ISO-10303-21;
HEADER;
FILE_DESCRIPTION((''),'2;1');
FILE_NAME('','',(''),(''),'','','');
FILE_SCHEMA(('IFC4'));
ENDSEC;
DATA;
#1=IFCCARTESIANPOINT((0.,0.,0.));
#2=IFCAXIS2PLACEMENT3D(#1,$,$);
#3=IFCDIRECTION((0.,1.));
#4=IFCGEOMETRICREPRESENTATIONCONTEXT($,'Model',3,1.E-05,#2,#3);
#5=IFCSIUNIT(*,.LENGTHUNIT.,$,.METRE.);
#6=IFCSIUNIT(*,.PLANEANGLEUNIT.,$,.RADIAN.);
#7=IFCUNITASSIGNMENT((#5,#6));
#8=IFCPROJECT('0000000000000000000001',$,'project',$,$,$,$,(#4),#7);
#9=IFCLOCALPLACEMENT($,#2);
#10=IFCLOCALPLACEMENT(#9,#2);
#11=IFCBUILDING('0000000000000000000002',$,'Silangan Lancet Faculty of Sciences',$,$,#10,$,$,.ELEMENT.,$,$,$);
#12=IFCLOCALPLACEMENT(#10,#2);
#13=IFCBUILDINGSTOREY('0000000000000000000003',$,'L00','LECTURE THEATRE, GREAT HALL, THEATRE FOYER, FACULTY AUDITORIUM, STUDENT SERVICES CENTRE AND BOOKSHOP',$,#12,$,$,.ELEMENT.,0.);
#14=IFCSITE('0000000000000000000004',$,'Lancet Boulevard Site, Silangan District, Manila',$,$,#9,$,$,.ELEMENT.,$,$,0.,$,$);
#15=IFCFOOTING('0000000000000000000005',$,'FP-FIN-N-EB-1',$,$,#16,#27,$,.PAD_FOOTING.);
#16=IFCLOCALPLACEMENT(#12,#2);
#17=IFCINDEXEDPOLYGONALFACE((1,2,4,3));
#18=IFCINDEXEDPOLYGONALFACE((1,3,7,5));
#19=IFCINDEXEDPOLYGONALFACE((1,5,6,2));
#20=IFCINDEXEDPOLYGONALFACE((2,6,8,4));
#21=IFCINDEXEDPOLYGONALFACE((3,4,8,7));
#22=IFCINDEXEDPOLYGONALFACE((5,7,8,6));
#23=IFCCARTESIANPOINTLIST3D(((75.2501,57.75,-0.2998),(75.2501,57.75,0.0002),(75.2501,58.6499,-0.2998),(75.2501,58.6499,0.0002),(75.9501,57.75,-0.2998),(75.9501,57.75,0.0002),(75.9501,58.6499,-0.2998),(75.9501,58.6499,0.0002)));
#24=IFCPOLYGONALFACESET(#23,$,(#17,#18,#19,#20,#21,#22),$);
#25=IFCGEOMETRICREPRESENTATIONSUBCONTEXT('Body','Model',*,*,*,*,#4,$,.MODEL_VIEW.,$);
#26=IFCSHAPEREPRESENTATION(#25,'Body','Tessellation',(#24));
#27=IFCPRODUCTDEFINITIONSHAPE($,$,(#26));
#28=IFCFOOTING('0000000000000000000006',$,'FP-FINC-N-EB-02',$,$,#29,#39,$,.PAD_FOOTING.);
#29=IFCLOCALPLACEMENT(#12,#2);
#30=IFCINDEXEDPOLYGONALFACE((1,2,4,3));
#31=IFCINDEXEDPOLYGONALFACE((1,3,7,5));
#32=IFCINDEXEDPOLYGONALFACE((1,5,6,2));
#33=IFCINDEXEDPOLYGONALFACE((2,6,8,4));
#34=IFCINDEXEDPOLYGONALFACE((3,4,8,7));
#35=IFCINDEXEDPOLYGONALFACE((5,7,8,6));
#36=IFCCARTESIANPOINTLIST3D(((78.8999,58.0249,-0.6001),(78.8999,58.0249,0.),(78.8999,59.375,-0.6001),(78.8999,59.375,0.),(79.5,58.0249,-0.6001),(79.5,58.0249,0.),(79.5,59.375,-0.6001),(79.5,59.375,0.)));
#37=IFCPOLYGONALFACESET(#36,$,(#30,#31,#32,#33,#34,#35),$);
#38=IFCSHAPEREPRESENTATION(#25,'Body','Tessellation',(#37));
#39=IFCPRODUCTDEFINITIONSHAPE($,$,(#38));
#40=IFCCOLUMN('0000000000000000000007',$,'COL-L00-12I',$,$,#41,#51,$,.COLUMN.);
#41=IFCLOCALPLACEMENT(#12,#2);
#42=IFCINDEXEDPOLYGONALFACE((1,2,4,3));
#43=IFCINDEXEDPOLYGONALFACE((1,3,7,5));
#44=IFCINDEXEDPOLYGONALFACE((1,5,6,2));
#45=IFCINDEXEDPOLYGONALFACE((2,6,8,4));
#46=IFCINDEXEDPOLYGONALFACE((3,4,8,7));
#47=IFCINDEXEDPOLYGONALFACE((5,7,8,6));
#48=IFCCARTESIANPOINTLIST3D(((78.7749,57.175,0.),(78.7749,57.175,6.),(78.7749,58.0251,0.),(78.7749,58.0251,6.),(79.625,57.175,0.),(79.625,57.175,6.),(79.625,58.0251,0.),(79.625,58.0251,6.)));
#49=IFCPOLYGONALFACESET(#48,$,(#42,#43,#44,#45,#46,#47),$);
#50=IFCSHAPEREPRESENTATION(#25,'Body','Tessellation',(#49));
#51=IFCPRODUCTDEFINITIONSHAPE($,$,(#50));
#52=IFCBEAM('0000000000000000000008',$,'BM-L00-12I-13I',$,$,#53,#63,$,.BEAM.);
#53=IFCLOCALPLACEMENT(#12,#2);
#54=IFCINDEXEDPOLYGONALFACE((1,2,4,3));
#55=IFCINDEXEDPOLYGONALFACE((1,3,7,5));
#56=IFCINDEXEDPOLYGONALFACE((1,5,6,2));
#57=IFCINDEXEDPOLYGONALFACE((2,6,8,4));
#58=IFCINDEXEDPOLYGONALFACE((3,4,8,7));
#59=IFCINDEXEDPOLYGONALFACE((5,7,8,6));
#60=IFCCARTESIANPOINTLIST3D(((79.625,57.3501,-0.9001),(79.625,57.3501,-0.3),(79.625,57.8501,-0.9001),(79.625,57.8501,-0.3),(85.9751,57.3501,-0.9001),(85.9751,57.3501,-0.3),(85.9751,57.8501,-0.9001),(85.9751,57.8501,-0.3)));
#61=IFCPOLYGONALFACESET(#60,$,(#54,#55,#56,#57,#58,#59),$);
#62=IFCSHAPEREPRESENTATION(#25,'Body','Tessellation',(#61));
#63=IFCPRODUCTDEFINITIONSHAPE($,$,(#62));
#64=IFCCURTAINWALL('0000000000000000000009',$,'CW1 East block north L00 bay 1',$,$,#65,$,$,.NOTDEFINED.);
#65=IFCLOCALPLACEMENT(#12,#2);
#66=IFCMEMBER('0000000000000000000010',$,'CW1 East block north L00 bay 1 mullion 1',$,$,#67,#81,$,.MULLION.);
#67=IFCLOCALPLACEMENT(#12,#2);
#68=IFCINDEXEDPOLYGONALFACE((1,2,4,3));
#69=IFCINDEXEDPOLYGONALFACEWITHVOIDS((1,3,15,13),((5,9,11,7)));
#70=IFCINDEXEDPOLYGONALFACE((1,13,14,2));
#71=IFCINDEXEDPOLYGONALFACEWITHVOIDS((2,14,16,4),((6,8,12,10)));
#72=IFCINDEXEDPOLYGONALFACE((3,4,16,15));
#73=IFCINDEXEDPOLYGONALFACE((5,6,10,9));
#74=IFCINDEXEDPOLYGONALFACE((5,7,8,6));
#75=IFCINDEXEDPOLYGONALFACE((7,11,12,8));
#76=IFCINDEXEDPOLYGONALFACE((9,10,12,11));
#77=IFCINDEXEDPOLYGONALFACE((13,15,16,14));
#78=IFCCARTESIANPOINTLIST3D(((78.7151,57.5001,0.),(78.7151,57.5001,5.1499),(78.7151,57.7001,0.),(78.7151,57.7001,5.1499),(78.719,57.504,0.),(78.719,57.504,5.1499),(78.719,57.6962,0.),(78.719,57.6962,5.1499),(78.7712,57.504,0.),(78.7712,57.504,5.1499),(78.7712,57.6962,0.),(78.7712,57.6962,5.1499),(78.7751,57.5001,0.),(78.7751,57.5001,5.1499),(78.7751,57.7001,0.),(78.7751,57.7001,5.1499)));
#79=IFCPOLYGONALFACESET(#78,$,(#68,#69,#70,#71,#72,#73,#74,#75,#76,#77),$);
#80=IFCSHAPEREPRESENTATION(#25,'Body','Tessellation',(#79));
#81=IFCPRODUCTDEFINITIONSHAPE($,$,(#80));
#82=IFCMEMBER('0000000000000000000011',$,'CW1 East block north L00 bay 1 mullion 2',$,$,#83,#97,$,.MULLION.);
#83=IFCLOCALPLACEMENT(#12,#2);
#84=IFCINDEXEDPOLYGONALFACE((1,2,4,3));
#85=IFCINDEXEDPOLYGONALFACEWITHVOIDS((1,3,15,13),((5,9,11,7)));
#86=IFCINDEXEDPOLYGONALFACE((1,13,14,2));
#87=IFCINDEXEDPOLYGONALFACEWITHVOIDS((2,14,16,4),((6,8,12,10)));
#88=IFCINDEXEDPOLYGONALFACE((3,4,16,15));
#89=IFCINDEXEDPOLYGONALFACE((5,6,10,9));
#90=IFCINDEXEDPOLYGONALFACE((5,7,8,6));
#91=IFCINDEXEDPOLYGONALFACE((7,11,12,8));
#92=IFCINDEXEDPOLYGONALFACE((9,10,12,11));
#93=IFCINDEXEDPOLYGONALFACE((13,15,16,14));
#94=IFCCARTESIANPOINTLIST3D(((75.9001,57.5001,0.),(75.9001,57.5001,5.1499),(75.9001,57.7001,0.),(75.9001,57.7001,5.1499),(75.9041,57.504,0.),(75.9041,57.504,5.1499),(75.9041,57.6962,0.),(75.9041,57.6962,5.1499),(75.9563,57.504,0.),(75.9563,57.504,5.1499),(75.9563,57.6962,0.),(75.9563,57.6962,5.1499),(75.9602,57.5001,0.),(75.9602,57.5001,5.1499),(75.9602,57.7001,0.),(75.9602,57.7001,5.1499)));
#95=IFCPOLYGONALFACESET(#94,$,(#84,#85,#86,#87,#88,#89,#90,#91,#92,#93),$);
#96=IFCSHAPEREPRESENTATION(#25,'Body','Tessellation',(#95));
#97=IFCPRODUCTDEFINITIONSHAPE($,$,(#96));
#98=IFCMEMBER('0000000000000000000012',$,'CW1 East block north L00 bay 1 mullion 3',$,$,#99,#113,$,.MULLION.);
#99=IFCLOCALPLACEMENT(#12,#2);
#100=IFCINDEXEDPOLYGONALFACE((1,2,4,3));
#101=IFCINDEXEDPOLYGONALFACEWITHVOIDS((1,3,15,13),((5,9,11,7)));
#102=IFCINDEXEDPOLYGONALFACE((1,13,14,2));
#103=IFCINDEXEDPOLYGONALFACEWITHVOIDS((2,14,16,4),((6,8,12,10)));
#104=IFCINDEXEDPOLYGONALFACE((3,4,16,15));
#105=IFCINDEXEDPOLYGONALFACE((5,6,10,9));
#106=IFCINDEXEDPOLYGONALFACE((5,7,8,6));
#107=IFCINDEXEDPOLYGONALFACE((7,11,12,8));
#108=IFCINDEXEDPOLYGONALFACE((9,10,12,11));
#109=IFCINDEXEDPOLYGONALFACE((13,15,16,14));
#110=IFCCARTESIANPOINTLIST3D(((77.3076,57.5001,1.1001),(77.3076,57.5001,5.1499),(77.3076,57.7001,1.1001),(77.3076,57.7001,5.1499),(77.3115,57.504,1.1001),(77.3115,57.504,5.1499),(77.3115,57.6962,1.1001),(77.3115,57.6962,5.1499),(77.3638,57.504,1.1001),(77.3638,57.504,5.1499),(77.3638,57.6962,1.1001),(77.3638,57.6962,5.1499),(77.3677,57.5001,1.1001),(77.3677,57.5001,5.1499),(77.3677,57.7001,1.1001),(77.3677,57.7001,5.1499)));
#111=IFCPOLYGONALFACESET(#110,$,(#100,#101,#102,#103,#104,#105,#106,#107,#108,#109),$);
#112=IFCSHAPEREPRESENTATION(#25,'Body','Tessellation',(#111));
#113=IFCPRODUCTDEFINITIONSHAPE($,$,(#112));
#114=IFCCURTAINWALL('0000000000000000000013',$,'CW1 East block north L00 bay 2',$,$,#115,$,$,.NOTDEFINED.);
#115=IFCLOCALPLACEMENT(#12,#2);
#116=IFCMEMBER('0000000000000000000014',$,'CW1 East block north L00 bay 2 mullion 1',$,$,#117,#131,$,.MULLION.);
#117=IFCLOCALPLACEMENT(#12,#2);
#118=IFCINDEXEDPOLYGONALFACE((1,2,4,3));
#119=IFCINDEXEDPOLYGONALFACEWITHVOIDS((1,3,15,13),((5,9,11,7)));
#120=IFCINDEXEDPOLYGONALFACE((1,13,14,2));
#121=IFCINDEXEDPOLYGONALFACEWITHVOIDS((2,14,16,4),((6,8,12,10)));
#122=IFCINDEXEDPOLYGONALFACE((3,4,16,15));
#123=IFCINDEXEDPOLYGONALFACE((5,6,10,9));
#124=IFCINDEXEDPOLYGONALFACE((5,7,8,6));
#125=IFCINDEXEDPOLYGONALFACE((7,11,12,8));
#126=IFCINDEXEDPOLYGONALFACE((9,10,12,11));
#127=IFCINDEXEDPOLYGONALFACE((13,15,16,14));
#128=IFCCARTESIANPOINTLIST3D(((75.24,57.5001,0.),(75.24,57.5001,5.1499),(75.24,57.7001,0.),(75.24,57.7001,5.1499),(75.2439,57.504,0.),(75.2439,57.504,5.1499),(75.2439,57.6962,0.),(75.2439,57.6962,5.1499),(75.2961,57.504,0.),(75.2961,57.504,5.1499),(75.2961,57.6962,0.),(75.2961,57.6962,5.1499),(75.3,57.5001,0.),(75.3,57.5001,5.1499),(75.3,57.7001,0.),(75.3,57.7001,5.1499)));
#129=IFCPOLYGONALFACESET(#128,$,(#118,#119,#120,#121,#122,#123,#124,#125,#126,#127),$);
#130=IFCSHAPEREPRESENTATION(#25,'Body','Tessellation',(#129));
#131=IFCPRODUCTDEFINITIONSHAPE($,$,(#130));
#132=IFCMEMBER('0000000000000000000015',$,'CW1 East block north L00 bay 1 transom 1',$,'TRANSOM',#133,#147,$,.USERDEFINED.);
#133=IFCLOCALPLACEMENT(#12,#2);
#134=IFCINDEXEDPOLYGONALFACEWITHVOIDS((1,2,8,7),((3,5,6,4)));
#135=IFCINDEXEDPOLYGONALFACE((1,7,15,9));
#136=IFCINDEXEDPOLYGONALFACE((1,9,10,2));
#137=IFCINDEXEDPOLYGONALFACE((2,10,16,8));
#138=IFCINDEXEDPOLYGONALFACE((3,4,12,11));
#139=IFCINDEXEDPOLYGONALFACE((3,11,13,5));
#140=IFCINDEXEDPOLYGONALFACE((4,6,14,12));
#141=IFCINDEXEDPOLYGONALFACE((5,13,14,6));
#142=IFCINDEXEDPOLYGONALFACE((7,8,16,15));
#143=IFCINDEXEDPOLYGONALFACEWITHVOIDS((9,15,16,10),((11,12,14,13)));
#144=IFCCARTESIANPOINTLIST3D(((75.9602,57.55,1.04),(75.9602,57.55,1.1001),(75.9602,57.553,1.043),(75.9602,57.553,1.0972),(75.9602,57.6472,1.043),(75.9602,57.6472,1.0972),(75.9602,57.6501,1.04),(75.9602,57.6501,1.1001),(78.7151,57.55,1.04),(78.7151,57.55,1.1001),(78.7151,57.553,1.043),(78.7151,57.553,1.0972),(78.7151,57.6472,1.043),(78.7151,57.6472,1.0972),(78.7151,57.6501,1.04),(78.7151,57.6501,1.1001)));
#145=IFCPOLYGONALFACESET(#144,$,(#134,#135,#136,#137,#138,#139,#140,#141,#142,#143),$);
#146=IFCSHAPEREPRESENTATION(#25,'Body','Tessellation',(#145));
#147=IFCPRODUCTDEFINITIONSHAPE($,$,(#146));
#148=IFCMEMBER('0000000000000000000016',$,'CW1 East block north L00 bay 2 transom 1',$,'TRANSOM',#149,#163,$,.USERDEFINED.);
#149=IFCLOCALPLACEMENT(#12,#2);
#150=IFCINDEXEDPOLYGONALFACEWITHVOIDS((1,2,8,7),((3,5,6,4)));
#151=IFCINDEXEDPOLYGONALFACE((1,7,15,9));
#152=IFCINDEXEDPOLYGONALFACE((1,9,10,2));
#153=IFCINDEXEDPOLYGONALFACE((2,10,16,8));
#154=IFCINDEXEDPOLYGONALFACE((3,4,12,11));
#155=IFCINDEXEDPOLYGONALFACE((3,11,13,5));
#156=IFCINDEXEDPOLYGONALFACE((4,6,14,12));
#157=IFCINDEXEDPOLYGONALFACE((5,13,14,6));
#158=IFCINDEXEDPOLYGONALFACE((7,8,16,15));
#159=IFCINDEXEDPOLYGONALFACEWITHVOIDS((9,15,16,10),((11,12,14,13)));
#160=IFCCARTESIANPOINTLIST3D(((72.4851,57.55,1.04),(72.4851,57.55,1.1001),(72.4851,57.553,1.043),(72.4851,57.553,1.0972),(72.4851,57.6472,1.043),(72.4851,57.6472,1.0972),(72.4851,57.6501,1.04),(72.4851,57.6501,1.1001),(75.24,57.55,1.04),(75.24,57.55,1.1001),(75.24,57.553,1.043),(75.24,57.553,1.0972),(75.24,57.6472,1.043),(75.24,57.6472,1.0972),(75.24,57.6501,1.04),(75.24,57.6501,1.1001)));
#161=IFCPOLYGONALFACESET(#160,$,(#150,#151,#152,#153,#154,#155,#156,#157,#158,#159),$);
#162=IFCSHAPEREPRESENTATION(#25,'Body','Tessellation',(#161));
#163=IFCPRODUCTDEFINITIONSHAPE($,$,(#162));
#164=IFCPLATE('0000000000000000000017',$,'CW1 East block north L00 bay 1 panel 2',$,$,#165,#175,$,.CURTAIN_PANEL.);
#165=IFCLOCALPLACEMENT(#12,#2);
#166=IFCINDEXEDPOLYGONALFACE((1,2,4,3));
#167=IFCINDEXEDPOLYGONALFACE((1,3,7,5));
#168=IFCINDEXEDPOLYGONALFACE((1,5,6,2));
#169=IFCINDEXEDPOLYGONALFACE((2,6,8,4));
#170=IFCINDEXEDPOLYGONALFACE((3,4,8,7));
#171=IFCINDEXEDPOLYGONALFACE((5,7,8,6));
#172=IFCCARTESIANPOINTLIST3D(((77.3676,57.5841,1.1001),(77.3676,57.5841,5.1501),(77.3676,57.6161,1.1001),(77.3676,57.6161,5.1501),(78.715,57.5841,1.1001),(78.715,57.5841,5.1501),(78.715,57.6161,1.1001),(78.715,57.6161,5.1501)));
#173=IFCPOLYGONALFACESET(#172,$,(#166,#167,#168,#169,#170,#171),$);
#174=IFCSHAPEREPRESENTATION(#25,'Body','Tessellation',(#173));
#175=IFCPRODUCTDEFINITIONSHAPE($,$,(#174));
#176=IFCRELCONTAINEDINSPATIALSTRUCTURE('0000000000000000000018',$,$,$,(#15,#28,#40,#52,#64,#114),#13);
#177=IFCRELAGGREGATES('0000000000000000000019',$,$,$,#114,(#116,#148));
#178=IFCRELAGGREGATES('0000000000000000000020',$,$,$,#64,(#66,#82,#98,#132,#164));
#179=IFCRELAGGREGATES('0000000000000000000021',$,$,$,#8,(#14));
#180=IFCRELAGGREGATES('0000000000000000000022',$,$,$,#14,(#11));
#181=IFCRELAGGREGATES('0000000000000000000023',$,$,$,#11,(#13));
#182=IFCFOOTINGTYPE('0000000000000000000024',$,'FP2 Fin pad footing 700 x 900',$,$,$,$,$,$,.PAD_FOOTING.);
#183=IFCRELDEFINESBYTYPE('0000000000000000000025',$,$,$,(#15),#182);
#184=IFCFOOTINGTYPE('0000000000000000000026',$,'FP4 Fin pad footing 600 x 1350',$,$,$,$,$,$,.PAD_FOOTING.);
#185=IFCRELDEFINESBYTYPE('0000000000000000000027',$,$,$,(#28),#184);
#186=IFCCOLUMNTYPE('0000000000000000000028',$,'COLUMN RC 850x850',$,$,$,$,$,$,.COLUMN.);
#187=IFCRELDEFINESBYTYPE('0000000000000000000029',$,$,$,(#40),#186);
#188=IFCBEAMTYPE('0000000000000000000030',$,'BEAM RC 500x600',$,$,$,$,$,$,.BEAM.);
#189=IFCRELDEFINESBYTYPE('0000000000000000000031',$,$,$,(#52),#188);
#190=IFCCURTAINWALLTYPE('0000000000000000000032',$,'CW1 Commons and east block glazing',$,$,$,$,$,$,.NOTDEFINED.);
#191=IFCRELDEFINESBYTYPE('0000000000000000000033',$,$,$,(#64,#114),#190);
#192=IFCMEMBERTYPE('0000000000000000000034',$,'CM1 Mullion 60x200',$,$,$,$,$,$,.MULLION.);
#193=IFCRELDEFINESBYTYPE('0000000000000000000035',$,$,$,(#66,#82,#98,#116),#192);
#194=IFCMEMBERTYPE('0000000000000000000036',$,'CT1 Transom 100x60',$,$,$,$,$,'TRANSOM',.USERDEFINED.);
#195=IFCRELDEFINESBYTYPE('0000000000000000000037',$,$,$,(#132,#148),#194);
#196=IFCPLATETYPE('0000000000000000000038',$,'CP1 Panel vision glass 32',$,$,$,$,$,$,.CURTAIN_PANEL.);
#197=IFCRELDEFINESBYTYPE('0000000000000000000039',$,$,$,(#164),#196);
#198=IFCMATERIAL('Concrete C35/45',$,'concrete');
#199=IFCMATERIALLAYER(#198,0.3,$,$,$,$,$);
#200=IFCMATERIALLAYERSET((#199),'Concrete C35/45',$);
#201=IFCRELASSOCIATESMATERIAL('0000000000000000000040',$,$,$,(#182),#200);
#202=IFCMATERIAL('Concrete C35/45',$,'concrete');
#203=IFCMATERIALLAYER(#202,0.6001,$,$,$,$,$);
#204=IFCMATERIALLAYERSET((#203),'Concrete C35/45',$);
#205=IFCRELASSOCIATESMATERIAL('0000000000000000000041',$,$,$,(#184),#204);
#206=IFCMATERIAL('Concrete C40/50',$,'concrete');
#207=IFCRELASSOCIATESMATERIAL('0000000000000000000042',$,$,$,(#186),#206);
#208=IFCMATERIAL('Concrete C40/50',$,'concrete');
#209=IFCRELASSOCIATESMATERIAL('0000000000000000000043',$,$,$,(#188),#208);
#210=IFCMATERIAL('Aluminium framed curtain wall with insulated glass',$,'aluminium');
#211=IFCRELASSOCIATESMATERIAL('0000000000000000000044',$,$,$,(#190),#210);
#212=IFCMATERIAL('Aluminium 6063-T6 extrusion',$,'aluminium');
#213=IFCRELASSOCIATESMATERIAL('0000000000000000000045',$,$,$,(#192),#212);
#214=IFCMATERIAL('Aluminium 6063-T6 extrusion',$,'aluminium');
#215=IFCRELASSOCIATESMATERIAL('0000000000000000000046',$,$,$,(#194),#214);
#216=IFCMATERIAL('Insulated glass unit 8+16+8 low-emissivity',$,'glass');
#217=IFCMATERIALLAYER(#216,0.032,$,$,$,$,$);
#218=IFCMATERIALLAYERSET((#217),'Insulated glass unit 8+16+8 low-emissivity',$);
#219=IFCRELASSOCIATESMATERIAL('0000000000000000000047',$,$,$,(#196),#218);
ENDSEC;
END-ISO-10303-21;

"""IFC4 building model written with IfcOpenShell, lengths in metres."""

from ifc_helpers import new_model, si_unit, direction, frame, origin, origin_2d, place, context, subcontext, project, spatial, rectangle, hollow_rectangle, extrude, material, layer, layer_set, material_profile, profile_set, type_object, element, aggregate, save


model = new_model("IFC4")

# Units and contexts
model_context = context("Model", 3, precision=1e-05, world=origin(), true_north=direction((0.0, 1.0)))
body_context = subcontext(model_context, "Body", "Model", "MODEL_VIEW")
ifc_project = project(units=[si_unit("LENGTHUNIT", "METRE"), si_unit("PLANEANGLEUNIT", "RADIAN")], contexts=[model_context])

# Site, building, storey
site_placement = place(None, origin())
site = spatial("IfcSite", under=ifc_project, at=site_placement, Name="Lancet Boulevard Site, Silangan District, Manila", CompositionType="ELEMENT", RefElevation=0.0)
building_placement = place(site_placement, origin())
building = spatial("IfcBuilding", under=site, at=building_placement, Name="Silangan Lancet Faculty of Sciences", CompositionType="ELEMENT")
storey_placement = place(building_placement, origin())
storey = spatial("IfcBuildingStorey", under=building, at=storey_placement, Name="L00", Description="LECTURE THEATRE, GREAT HALL, THEATRE FOYER, FACULTY AUDITORIUM, STUDENT SERVICES CENTRE AND BOOKSHOP", CompositionType="ELEMENT", Elevation=0.0)

# Footings
ifc_material_1 = material(Name="Concrete C35/45", Category="concrete")
ifc_layer_1 = layer(ifc_material_1, 0.3)
ifc_layer_set_1 = layer_set([ifc_layer_1], Name="Concrete C35/45")
footing_type_1 = type_object("IfcFootingType", Name="FP2 Fin pad footing 700 x 900", PredefinedType="PAD_FOOTING", material=ifc_layer_set_1)
footing_1_placement = place(storey_placement, frame((75.6001, 58.2, -0.2998), z_axis=(0.0, 0.0, 1.0), x_axis=(1.0, 0.0, 0.0)))
element("IfcFooting", 1, at=footing_1_placement, inside=storey, type_object=footing_type_1, Name="FP-FIN-N-EB-1", PredefinedType="PAD_FOOTING", context=body_context, shape_type="SweptSolid", body=[
    extrude(rectangle(XDim=0.7, YDim=0.8999, at=origin_2d()), origin(), (0.0, 0.0, 1.0), 0.3),
])
ifc_material_2 = material(Name="Concrete C35/45", Category="concrete")
ifc_layer_2 = layer(ifc_material_2, 0.6001)
ifc_layer_set_2 = layer_set([ifc_layer_2], Name="Concrete C35/45")
footing_type_2 = type_object("IfcFootingType", Name="FP4 Fin pad footing 600 x 1350", PredefinedType="PAD_FOOTING", material=ifc_layer_set_2)
footing_2_placement = place(storey_placement, frame((79.2, 58.7, -0.6001), z_axis=(0.0, 0.0, 1.0), x_axis=(1.0, 0.0, 0.0)))
element("IfcFooting", 2, at=footing_2_placement, inside=storey, type_object=footing_type_2, Name="FP-FINC-N-EB-02", PredefinedType="PAD_FOOTING", context=body_context, shape_type="SweptSolid", body=[
    extrude(rectangle(XDim=0.6001, YDim=1.3501, at=origin_2d()), origin(), (0.0, 0.0, 1.0), 0.6001),
])

# Column
ifc_material_3 = material(Name="Concrete C40/50", Category="concrete")
ifc_material_profile_1 = material_profile(ifc_material_3, rectangle(XDim=0.8501, YDim=0.8501, at=origin_2d()), Name="RC 850x850")
ifc_profile_set_1 = profile_set([ifc_material_profile_1], Name="Concrete C40/50")
column_type = type_object("IfcColumnType", Name="COLUMN RC 850x850", PredefinedType="COLUMN", material=ifc_profile_set_1)
column_placement = place(storey_placement, frame((79.2, 57.6001, 0.0), z_axis=(0.0, 0.0, 1.0), x_axis=(1.0, 0.0, 0.0)))
element("IfcColumn", 3, at=column_placement, inside=storey, type_object=column_type, Name="COL-L00-12I", PredefinedType="COLUMN", context=body_context, shape_type="SweptSolid", body=[
    extrude(rectangle(XDim=0.8501, YDim=0.8501, at=origin_2d()), origin(), (0.0, 0.0, 1.0), 6.0),
])

# Beam
ifc_material_4 = material(Name="Concrete C40/50", Category="concrete")
ifc_material_profile_2 = material_profile(ifc_material_4, rectangle(XDim=0.5, YDim=0.6001, at=origin_2d()), Name="RC 500x600")
ifc_profile_set_2 = profile_set([ifc_material_profile_2], Name="Concrete C40/50")
beam_type = type_object("IfcBeamType", Name="BEAM RC 500x600", PredefinedType="BEAM", material=ifc_profile_set_2)
beam_placement = place(storey_placement, frame((79.625, 57.6001, -0.6001), z_axis=(1.0, 0.0, 0.0), x_axis=(0.0, 1.0, 0.0)))
element("IfcBeam", 4, at=beam_placement, inside=storey, type_object=beam_type, Name="BM-L00-12I-13I", PredefinedType="BEAM", context=body_context, shape_type="SweptSolid", body=[
    extrude(rectangle(XDim=0.5, YDim=0.6001, at=origin_2d()), origin(), (0.0, 0.0, 1.0), 6.3501),
])

# Curtain wall, members
ifc_material_5 = material(Name="Aluminium framed curtain wall with insulated glass", Category="aluminium")
curtain_wall_type = type_object("IfcCurtainWallType", Name="CW1 Commons and east block glazing", PredefinedType="NOTDEFINED", material=ifc_material_5)
curtain_wall_1_placement = place(storey_placement, origin())
curtain_wall_1 = element("IfcCurtainWall", 5, at=curtain_wall_1_placement, inside=storey, type_object=curtain_wall_type, Name="CW1 East block north L00 bay 1", PredefinedType="NOTDEFINED")
ifc_material_6 = material(Name="Aluminium 6063-T6 extrusion", Category="aluminium")
ifc_material_profile_3 = material_profile(ifc_material_6, hollow_rectangle(XDim=0.0601, YDim=0.2, WallThickness=0.0039, at=origin_2d()), Name="AL BOX 60x200x4")
ifc_profile_set_3 = profile_set([ifc_material_profile_3], Name="Aluminium 6063-T6 extrusion")
member_type_1 = type_object("IfcMemberType", Name="CM1 Mullion 60x200", PredefinedType="MULLION", material=ifc_profile_set_3)
member_1_placement = place(storey_placement, frame((78.7451, 57.6001, 0.0), z_axis=(0.0, 0.0, 1.0), x_axis=(-1.0, 0.0, 0.0)))
member_1 = element("IfcMember", 6, at=member_1_placement, type_object=member_type_1, Name="CW1 East block north L00 bay 1 mullion 1", PredefinedType="MULLION", context=body_context, shape_type="SweptSolid", body=[
    extrude(hollow_rectangle(XDim=0.0601, YDim=0.2, WallThickness=0.0039, at=origin_2d()), origin(), (0.0, 0.0, 1.0), 5.1499),
])
member_2_placement = place(storey_placement, frame((75.9302, 57.6001, 0.0), z_axis=(0.0, 0.0, 1.0), x_axis=(-1.0, 0.0, 0.0)))
member_2 = element("IfcMember", 7, at=member_2_placement, type_object=member_type_1, Name="CW1 East block north L00 bay 1 mullion 2", PredefinedType="MULLION", context=body_context, shape_type="SweptSolid", body=[
    extrude(hollow_rectangle(XDim=0.0601, YDim=0.2, WallThickness=0.0039, at=origin_2d()), origin(), (0.0, 0.0, 1.0), 5.1499),
])
member_3_placement = place(storey_placement, frame((77.3376, 57.6001, 1.1001), z_axis=(0.0, 0.0, 1.0), x_axis=(-1.0, 0.0, 0.0)))
member_3 = element("IfcMember", 8, at=member_3_placement, type_object=member_type_1, Name="CW1 East block north L00 bay 1 mullion 3", PredefinedType="MULLION", context=body_context, shape_type="SweptSolid", body=[
    extrude(hollow_rectangle(XDim=0.0601, YDim=0.2, WallThickness=0.0039, at=origin_2d()), origin(), (0.0, 0.0, 1.0), 4.0498),
])

# Curtain wall, member
curtain_wall_2_placement = place(storey_placement, origin())
curtain_wall_2 = element("IfcCurtainWall", 9, at=curtain_wall_2_placement, inside=storey, type_object=curtain_wall_type, Name="CW1 East block north L00 bay 2", PredefinedType="NOTDEFINED")
member_4_placement = place(storey_placement, frame((75.27, 57.6001, 0.0), z_axis=(0.0, 0.0, 1.0), x_axis=(-1.0, 0.0, 0.0)))
member_4 = element("IfcMember", 10, at=member_4_placement, type_object=member_type_1, Name="CW1 East block north L00 bay 2 mullion 1", PredefinedType="MULLION", context=body_context, shape_type="SweptSolid", body=[
    extrude(hollow_rectangle(XDim=0.0601, YDim=0.2, WallThickness=0.0039, at=origin_2d()), origin(), (0.0, 0.0, 1.0), 5.1499),
])

# Members
ifc_material_7 = material(Name="Aluminium 6063-T6 extrusion", Category="aluminium")
ifc_material_profile_4 = material_profile(ifc_material_7, hollow_rectangle(XDim=0.1001, YDim=0.0601, WallThickness=0.0029, at=origin_2d()), Name="AL BOX 100x60x3")
ifc_profile_set_4 = profile_set([ifc_material_profile_4], Name="Aluminium 6063-T6 extrusion")
member_type_2 = type_object("IfcMemberType", Name="CT1 Transom 100x60", ElementType="TRANSOM", PredefinedType="USERDEFINED", material=ifc_profile_set_4)
member_5_placement = place(storey_placement, frame((78.7151, 57.6001, 1.0701), z_axis=(-1.0, 0.0, 0.0), x_axis=(0.0, -1.0, 0.0)))
member_5 = element("IfcMember", 11, at=member_5_placement, type_object=member_type_2, Name="CW1 East block north L00 bay 1 transom 1", ObjectType="TRANSOM", PredefinedType="USERDEFINED", context=body_context, shape_type="SweptSolid", body=[
    extrude(hollow_rectangle(XDim=0.1001, YDim=0.0601, WallThickness=0.0029, at=origin_2d()), origin(), (0.0, 0.0, 1.0), 2.7549),
])
member_6_placement = place(storey_placement, frame((75.24, 57.6001, 1.0701), z_axis=(-1.0, 0.0, 0.0), x_axis=(0.0, -1.0, 0.0)))
member_6 = element("IfcMember", 12, at=member_6_placement, type_object=member_type_2, Name="CW1 East block north L00 bay 2 transom 1", ObjectType="TRANSOM", PredefinedType="USERDEFINED", context=body_context, shape_type="SweptSolid", body=[
    extrude(hollow_rectangle(XDim=0.1001, YDim=0.0601, WallThickness=0.0029, at=origin_2d()), origin(), (0.0, 0.0, 1.0), 2.7549),
])
aggregate(curtain_wall_2, [member_4, member_6])

# Plate
ifc_material_8 = material(Name="Insulated glass unit 8+16+8 low-emissivity", Category="glass")
ifc_layer_3 = layer(ifc_material_8, 0.032)
ifc_layer_set_3 = layer_set([ifc_layer_3], Name="Insulated glass unit 8+16+8 low-emissivity")
plate_type_1 = type_object("IfcPlateType", Name="CP1 Panel vision glass 32", PredefinedType="CURTAIN_PANEL", material=ifc_layer_set_3)
plate_1_placement = place(storey_placement, frame((78.0413, 57.6001, 1.1001), z_axis=(0.0, 0.0, 1.0), x_axis=(-1.0, 0.0, 0.0)))
plate_1 = element("IfcPlate", 13, at=plate_1_placement, type_object=plate_type_1, Name="CW1 East block north L00 bay 1 panel 2", PredefinedType="CURTAIN_PANEL", context=body_context, shape_type="SweptSolid", body=[
    extrude(rectangle(XDim=1.3474, YDim=0.032, at=origin_2d()), origin(), (0.0, 0.0, 1.0), 4.05),
])
aggregate(curtain_wall_1, [member_1, member_2, member_3, member_5, plate_1])

save(model, "model.ifc")
